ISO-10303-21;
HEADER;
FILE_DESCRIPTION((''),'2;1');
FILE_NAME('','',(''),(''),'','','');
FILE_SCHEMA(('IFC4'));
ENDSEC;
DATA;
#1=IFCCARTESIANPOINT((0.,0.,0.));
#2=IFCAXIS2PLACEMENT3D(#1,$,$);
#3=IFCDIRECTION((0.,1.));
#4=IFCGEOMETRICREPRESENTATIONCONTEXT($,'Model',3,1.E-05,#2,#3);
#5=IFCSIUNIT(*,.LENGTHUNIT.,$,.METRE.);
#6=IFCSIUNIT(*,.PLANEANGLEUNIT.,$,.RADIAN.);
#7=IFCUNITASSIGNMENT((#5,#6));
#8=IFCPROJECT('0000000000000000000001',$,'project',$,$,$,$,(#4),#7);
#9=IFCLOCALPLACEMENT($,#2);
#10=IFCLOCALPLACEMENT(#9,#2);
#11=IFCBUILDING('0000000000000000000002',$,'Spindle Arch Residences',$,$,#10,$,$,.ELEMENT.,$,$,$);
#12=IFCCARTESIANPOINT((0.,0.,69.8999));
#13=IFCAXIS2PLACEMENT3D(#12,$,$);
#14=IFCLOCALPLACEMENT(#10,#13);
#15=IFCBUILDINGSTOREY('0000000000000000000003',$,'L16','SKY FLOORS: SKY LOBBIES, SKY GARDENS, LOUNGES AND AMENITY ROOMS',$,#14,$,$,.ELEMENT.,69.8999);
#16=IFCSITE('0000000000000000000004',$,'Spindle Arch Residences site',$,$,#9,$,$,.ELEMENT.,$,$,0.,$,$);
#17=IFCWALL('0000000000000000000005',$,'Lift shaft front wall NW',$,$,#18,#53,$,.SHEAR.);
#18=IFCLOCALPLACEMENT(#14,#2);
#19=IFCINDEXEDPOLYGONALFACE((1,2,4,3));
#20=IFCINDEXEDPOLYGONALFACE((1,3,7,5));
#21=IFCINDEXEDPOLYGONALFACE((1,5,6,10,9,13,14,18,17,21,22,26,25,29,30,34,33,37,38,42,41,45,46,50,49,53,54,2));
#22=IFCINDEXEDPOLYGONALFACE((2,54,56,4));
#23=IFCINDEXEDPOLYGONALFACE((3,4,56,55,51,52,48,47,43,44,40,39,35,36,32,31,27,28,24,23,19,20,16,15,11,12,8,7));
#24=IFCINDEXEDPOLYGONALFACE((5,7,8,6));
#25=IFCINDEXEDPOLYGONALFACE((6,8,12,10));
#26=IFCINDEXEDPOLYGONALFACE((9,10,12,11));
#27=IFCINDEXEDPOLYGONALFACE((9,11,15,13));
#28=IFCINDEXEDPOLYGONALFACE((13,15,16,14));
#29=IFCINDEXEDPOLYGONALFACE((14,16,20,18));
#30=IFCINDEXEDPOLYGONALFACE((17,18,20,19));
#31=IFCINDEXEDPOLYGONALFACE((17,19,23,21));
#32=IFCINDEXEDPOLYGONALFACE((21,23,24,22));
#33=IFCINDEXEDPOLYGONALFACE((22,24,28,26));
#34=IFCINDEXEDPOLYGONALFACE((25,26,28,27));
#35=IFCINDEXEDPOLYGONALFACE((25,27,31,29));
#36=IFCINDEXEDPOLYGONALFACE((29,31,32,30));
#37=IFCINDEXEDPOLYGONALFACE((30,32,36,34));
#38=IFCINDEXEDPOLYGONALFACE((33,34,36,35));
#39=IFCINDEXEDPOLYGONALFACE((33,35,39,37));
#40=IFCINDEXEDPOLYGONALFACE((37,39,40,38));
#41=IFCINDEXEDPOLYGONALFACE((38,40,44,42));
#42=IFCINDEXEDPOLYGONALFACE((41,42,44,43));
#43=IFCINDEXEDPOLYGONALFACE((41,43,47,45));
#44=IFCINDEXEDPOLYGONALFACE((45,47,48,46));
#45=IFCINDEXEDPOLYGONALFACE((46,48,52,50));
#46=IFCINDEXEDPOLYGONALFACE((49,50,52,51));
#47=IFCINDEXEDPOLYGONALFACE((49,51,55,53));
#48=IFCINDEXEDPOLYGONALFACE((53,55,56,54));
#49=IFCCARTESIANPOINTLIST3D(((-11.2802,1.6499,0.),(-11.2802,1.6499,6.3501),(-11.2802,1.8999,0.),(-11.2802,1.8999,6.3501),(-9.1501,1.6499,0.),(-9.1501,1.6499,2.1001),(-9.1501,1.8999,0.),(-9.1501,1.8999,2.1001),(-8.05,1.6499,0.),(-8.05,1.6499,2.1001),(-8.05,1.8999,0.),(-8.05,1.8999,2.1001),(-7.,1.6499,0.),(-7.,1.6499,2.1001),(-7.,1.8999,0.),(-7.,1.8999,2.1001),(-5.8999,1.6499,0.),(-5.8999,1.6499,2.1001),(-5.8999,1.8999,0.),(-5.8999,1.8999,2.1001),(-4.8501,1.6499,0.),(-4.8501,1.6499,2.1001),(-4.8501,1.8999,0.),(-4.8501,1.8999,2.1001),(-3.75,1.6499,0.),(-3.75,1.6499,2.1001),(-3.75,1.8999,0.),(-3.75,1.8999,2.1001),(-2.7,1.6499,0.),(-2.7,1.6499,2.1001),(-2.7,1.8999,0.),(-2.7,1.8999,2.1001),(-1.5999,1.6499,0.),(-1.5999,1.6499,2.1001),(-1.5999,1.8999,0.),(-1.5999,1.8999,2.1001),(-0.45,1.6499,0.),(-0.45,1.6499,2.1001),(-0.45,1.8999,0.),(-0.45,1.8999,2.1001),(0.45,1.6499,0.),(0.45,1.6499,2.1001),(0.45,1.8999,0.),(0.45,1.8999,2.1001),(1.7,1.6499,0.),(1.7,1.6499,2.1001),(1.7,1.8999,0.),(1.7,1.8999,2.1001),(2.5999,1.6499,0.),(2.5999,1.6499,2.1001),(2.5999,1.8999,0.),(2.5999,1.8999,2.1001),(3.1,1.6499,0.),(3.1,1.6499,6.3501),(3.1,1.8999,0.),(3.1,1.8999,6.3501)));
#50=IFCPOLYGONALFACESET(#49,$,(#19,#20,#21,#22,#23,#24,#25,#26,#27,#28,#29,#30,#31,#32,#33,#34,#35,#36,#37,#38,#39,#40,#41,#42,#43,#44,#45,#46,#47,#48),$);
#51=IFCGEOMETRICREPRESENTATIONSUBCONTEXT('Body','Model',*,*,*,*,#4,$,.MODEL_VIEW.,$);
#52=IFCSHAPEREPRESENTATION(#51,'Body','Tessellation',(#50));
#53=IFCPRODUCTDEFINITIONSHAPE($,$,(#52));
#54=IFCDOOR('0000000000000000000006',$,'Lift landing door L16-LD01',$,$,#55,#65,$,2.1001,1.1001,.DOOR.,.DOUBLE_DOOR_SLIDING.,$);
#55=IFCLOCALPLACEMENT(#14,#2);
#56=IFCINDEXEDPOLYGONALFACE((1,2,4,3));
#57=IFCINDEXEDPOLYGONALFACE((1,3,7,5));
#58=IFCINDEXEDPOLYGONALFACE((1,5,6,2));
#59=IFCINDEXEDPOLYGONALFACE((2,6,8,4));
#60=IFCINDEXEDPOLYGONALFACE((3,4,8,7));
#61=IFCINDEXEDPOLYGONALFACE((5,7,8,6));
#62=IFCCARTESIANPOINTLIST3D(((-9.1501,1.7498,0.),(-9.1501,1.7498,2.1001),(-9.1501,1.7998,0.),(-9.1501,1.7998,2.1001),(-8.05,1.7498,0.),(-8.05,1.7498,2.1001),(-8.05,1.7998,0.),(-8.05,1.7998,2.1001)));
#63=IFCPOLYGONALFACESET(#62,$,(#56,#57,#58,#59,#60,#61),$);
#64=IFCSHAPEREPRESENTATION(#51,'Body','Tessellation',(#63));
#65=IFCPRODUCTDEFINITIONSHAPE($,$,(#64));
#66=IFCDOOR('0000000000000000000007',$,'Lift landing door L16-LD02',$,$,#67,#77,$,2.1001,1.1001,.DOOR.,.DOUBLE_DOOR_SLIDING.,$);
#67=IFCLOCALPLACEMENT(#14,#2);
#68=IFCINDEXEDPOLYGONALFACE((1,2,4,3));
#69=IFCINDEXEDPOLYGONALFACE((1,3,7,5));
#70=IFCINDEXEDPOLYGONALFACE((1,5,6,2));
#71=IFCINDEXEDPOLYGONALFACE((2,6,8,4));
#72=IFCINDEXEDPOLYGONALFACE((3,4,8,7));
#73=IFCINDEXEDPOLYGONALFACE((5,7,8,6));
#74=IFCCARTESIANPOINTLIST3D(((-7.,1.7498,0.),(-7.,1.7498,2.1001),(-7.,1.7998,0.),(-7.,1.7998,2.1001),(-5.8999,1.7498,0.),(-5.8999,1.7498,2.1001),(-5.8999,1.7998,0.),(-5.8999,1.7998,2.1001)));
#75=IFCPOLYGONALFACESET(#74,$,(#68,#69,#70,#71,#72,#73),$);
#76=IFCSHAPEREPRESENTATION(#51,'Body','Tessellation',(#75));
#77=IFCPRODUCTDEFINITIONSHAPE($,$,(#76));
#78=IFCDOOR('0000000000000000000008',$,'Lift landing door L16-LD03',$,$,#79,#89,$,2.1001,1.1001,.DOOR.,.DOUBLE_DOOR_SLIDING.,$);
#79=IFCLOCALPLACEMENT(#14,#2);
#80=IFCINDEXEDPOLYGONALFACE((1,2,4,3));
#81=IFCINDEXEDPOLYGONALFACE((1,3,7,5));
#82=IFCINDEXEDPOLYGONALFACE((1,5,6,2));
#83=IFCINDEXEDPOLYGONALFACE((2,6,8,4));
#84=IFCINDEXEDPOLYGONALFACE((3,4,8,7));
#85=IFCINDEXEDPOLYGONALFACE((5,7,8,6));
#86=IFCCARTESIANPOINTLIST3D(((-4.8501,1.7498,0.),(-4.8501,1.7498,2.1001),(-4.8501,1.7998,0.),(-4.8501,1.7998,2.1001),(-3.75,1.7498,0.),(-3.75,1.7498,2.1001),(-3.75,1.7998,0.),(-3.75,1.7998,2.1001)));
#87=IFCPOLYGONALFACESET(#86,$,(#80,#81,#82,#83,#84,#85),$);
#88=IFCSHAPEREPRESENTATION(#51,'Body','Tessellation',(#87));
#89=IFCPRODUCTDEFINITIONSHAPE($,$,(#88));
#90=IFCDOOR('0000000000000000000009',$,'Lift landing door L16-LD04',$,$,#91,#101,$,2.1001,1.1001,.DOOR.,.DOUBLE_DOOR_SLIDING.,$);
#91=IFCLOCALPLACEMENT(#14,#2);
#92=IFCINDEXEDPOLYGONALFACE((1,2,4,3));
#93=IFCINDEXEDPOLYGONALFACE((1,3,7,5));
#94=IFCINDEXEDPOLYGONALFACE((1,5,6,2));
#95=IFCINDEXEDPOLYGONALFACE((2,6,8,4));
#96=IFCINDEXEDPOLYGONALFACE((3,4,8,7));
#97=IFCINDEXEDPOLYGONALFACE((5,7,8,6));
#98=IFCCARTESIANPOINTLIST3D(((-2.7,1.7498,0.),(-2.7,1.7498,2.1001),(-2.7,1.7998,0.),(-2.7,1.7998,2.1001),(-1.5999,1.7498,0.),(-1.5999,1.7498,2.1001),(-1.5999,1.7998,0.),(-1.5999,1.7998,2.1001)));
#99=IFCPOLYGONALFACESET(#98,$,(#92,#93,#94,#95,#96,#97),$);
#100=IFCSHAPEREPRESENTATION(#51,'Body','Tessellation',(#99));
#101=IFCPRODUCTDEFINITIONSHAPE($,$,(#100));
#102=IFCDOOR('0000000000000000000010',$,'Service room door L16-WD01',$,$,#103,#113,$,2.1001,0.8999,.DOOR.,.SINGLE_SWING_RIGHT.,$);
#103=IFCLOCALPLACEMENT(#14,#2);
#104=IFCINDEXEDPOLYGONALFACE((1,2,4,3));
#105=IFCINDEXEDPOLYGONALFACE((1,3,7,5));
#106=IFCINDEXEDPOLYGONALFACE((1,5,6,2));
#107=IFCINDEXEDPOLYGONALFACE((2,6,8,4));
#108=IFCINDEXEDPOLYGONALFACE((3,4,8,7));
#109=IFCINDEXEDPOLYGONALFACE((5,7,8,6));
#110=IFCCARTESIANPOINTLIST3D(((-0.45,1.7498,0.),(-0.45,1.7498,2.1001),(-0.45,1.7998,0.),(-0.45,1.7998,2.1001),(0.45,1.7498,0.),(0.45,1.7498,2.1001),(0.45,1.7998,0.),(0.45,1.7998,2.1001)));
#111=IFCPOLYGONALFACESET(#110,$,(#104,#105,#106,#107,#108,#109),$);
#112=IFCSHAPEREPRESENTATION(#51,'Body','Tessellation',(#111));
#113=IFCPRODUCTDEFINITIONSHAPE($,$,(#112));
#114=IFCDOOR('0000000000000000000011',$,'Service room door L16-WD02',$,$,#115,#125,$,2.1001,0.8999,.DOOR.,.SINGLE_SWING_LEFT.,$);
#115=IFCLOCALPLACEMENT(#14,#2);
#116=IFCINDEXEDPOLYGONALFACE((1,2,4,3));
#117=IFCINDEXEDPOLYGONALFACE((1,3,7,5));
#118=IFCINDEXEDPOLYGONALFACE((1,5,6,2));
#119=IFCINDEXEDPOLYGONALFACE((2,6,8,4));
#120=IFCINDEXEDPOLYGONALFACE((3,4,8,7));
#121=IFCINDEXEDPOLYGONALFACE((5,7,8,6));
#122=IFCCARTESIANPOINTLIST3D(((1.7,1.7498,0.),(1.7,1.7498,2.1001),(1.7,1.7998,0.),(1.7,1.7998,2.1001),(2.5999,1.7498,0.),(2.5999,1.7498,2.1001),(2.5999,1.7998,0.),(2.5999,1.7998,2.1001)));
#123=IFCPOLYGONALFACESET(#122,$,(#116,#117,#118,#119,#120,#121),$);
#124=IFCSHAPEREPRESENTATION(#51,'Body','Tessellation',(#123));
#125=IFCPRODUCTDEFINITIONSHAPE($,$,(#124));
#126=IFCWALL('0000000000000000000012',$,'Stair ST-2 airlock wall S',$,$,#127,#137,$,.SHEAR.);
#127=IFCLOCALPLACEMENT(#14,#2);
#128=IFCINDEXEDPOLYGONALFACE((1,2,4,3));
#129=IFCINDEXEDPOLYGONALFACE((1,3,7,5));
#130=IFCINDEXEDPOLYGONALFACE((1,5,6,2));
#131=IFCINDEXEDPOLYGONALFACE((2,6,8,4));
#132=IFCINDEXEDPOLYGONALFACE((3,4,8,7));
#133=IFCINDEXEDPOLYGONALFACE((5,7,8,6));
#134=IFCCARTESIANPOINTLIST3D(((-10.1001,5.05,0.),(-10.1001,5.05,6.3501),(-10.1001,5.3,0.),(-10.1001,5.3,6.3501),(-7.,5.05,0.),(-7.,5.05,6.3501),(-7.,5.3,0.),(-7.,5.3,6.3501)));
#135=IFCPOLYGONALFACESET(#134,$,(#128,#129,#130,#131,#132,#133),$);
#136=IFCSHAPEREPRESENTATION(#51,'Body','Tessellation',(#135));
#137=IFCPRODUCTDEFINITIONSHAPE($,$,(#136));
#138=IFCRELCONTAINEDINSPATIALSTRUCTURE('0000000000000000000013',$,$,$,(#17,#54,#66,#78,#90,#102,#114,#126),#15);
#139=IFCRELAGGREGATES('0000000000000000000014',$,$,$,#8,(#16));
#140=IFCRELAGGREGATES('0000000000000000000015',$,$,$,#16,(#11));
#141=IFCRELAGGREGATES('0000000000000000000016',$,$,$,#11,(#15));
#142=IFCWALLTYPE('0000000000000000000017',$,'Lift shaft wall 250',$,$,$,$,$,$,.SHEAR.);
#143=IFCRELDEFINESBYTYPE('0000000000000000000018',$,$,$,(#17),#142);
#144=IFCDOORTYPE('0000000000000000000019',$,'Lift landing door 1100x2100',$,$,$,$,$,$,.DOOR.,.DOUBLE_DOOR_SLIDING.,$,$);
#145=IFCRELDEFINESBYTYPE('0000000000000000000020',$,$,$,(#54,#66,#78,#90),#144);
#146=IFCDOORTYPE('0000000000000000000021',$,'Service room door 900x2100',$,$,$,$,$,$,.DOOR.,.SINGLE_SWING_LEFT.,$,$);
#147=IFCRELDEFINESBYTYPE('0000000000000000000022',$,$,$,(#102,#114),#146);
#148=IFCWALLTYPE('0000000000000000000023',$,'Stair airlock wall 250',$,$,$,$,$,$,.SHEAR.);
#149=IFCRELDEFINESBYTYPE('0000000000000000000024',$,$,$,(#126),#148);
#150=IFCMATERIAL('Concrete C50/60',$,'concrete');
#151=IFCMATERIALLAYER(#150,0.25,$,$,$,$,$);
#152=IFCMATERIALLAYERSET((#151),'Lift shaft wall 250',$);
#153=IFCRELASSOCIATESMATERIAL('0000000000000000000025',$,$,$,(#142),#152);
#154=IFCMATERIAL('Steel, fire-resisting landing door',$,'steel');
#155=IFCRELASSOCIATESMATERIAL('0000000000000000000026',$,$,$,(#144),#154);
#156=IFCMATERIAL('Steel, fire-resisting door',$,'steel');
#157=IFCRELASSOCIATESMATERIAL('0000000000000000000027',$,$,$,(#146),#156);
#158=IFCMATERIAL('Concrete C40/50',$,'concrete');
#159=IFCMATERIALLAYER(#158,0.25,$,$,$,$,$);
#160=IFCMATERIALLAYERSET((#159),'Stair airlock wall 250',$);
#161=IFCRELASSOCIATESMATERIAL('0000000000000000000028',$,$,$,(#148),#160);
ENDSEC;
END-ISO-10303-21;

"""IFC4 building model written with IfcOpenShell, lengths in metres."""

from ifc_helpers import new_model, si_unit, direction, frame, frame_2d, origin, place, context, subcontext, project, spatial, rectangle, extrude, material, layer, layer_set, type_object, element, fill, save


model = new_model("IFC4")

# Units and contexts
model_context = context("Model", 3, precision=1e-05, world=origin(), true_north=direction((0.0, 1.0)))
body_context = subcontext(model_context, "Body", "Model", "MODEL_VIEW")
ifc_project = project(units=[si_unit("LENGTHUNIT", "METRE"), si_unit("PLANEANGLEUNIT", "RADIAN")], contexts=[model_context])

# Site, building, storey
site_placement = place(None, origin())
site = spatial("IfcSite", under=ifc_project, at=site_placement, Name="Spindle Arch Residences site", CompositionType="ELEMENT", RefElevation=0.0)
building_placement = place(site_placement, origin())
building = spatial("IfcBuilding", under=site, at=building_placement, Name="Spindle Arch Residences", CompositionType="ELEMENT")
storey_placement = place(building_placement, frame((0.0, 0.0, 69.8999)))
storey = spatial("IfcBuildingStorey", under=building, at=storey_placement, Name="L16", Description="SKY FLOORS: SKY LOBBIES, SKY GARDENS, LOUNGES AND AMENITY ROOMS", CompositionType="ELEMENT", Elevation=69.8999)

# Wall, openings, doors
ifc_material_1 = material(Name="Concrete C50/60", Category="concrete")
ifc_layer_1 = layer(ifc_material_1, 0.25)
ifc_layer_set_1 = layer_set([ifc_layer_1], Name="Lift shaft wall 250")
wall_type_1 = type_object("IfcWallType", Name="Lift shaft wall 250", PredefinedType="SHEAR", material=ifc_layer_set_1)
wall_1_placement = place(storey_placement, frame((-11.28, 1.7749, 0.0), z_axis=(0.0, 0.0, 1.0), x_axis=(1.0, 0.0, 0.0)))
wall_1 = element("IfcWall", 1, at=wall_1_placement, inside=storey, type_object=wall_type_1, Name="Lift shaft front wall NW", PredefinedType="SHEAR", context=body_context, shape_type="SweptSolid", body=[
    extrude(rectangle(XDim=14.3801, YDim=0.25, at=frame_2d((7.1899, 0.0))), origin(), (0.0, 0.0, 1.0), 6.3501),
])
opening_1_placement = place(wall_1_placement, frame((2.1299, 0.0, 0.0)))
opening_1 = element("IfcOpeningElement", 2, at=opening_1_placement, cuts=wall_1, PredefinedType="OPENING", context=body_context, shape_type="SweptSolid", body=[
    extrude(rectangle(XDim=1.1001, YDim=2.1001, at=frame_2d((0.55, 1.05))), frame((0.0, 0.135, 0.0), z_axis=(0.0, -1.0, 0.0), x_axis=(1.0, 0.0, 0.0)), (0.0, 0.0, 1.0), 0.27),
])
opening_2_placement = place(wall_1_placement, frame((4.28, 0.0, 0.0)))
opening_2 = element("IfcOpeningElement", 3, at=opening_2_placement, cuts=wall_1, PredefinedType="OPENING", context=body_context, shape_type="SweptSolid", body=[
    extrude(rectangle(XDim=1.1001, YDim=2.1001, at=frame_2d((0.55, 1.05))), frame((0.0, 0.135, 0.0), z_axis=(0.0, -1.0, 0.0), x_axis=(1.0, 0.0, 0.0)), (0.0, 0.0, 1.0), 0.27),
])
opening_3_placement = place(wall_1_placement, frame((6.4299, 0.0, 0.0)))
opening_3 = element("IfcOpeningElement", 4, at=opening_3_placement, cuts=wall_1, PredefinedType="OPENING", context=body_context, shape_type="SweptSolid", body=[
    extrude(rectangle(XDim=1.1001, YDim=2.1001, at=frame_2d((0.55, 1.05))), frame((0.0, 0.135, 0.0), z_axis=(0.0, -1.0, 0.0), x_axis=(1.0, 0.0, 0.0)), (0.0, 0.0, 1.0), 0.27),
])
opening_4_placement = place(wall_1_placement, frame((8.5801, 0.0, 0.0)))
opening_4 = element("IfcOpeningElement", 5, at=opening_4_placement, cuts=wall_1, PredefinedType="OPENING", context=body_context, shape_type="SweptSolid", body=[
    extrude(rectangle(XDim=1.1001, YDim=2.1001, at=frame_2d((0.55, 1.05))), frame((0.0, 0.135, 0.0), z_axis=(0.0, -1.0, 0.0), x_axis=(1.0, 0.0, 0.0)), (0.0, 0.0, 1.0), 0.27),
])
opening_5_placement = place(wall_1_placement, frame((10.8301, 0.0, 0.0)))
opening_5 = element("IfcOpeningElement", 6, at=opening_5_placement, cuts=wall_1, PredefinedType="OPENING", context=body_context, shape_type="SweptSolid", body=[
    extrude(rectangle(XDim=0.8999, YDim=2.1001, at=frame_2d((0.45, 1.05))), frame((0.0, 0.135, 0.0), z_axis=(0.0, -1.0, 0.0), x_axis=(1.0, 0.0, 0.0)), (0.0, 0.0, 1.0), 0.27),
])
opening_6_placement = place(wall_1_placement, frame((12.98, 0.0, 0.0)))
opening_6 = element("IfcOpeningElement", 7, at=opening_6_placement, cuts=wall_1, PredefinedType="OPENING", context=body_context, shape_type="SweptSolid", body=[
    extrude(rectangle(XDim=0.8999, YDim=2.1001, at=frame_2d((0.45, 1.05))), frame((0.0, 0.135, 0.0), z_axis=(0.0, -1.0, 0.0), x_axis=(1.0, 0.0, 0.0)), (0.0, 0.0, 1.0), 0.27),
])
ifc_material_2 = material(Name="Steel, fire-resisting landing door", Category="steel")
door_type_1 = type_object("IfcDoorType", Name="Lift landing door 1100x2100", OperationType="DOUBLE_DOOR_SLIDING", PredefinedType="DOOR", material=ifc_material_2)
door_1_placement = place(opening_1_placement, origin())
door_1 = element("IfcDoor", 8, at=door_1_placement, inside=storey, type_object=door_type_1, Name="Lift landing door L16-LD01", OperationType="DOUBLE_DOOR_SLIDING", OverallHeight=2.1001, OverallWidth=1.1001, PredefinedType="DOOR", context=body_context, shape_type="SweptSolid", body=[
    extrude(rectangle(XDim=1.1001, YDim=2.1001, at=frame_2d((0.55, 1.05))), frame((0.0, 0.0249, 0.0), z_axis=(0.0, -1.0, 0.0), x_axis=(1.0, 0.0, 0.0)), (0.0, 0.0, 1.0), 0.05),
])
fill(opening_1, door_1)
door_2_placement = place(opening_2_placement, origin())
door_2 = element("IfcDoor", 9, at=door_2_placement, inside=storey, type_object=door_type_1, Name="Lift landing door L16-LD02", OperationType="DOUBLE_DOOR_SLIDING", OverallHeight=2.1001, OverallWidth=1.1001, PredefinedType="DOOR", context=body_context, shape_type="SweptSolid", body=[
    extrude(rectangle(XDim=1.1001, YDim=2.1001, at=frame_2d((0.55, 1.05))), frame((0.0, 0.0249, 0.0), z_axis=(0.0, -1.0, 0.0), x_axis=(1.0, 0.0, 0.0)), (0.0, 0.0, 1.0), 0.05),
])
fill(opening_2, door_2)
door_3_placement = place(opening_3_placement, origin())
door_3 = element("IfcDoor", 10, at=door_3_placement, inside=storey, type_object=door_type_1, Name="Lift landing door L16-LD03", OperationType="DOUBLE_DOOR_SLIDING", OverallHeight=2.1001, OverallWidth=1.1001, PredefinedType="DOOR", context=body_context, shape_type="SweptSolid", body=[
    extrude(rectangle(XDim=1.1001, YDim=2.1001, at=frame_2d((0.55, 1.05))), frame((0.0, 0.0249, 0.0), z_axis=(0.0, -1.0, 0.0), x_axis=(1.0, 0.0, 0.0)), (0.0, 0.0, 1.0), 0.05),
])
fill(opening_3, door_3)
door_4_placement = place(opening_4_placement, origin())
door_4 = element("IfcDoor", 11, at=door_4_placement, inside=storey, type_object=door_type_1, Name="Lift landing door L16-LD04", OperationType="DOUBLE_DOOR_SLIDING", OverallHeight=2.1001, OverallWidth=1.1001, PredefinedType="DOOR", context=body_context, shape_type="SweptSolid", body=[
    extrude(rectangle(XDim=1.1001, YDim=2.1001, at=frame_2d((0.55, 1.05))), frame((0.0, 0.0249, 0.0), z_axis=(0.0, -1.0, 0.0), x_axis=(1.0, 0.0, 0.0)), (0.0, 0.0, 1.0), 0.05),
])
fill(opening_4, door_4)
ifc_material_3 = material(Name="Steel, fire-resisting door", Category="steel")
door_type_2 = type_object("IfcDoorType", Name="Service room door 900x2100", OperationType="SINGLE_SWING_LEFT", PredefinedType="DOOR", material=ifc_material_3)
door_5_placement = place(opening_5_placement, origin())
door_5 = element("IfcDoor", 12, at=door_5_placement, inside=storey, type_object=door_type_2, Name="Service room door L16-WD01", OperationType="SINGLE_SWING_RIGHT", OverallHeight=2.1001, OverallWidth=0.8999, PredefinedType="DOOR", context=body_context, shape_type="SweptSolid", body=[
    extrude(rectangle(XDim=0.8999, YDim=2.1001, at=frame_2d((0.45, 1.05))), frame((0.0, 0.0249, 0.0), z_axis=(0.0, -1.0, 0.0), x_axis=(1.0, 0.0, 0.0)), (0.0, 0.0, 1.0), 0.05),
])
fill(opening_5, door_5)
door_6_placement = place(opening_6_placement, origin())
door_6 = element("IfcDoor", 13, at=door_6_placement, inside=storey, type_object=door_type_2, Name="Service room door L16-WD02", OperationType="SINGLE_SWING_LEFT", OverallHeight=2.1001, OverallWidth=0.8999, PredefinedType="DOOR", context=body_context, shape_type="SweptSolid", body=[
    extrude(rectangle(XDim=0.8999, YDim=2.1001, at=frame_2d((0.45, 1.05))), frame((0.0, 0.0249, 0.0), z_axis=(0.0, -1.0, 0.0), x_axis=(1.0, 0.0, 0.0)), (0.0, 0.0, 1.0), 0.05),
])
fill(opening_6, door_6)

# Wall
ifc_material_4 = material(Name="Concrete C40/50", Category="concrete")
ifc_layer_2 = layer(ifc_material_4, 0.25)
ifc_layer_set_2 = layer_set([ifc_layer_2], Name="Stair airlock wall 250")
wall_type_2 = type_object("IfcWallType", Name="Stair airlock wall 250", PredefinedType="SHEAR", material=ifc_layer_set_2)
wall_2_placement = place(storey_placement, frame((-7.0, 5.175, 0.0), z_axis=(0.0, 0.0, 1.0), x_axis=(-1.0, 0.0, 0.0)))
element("IfcWall", 14, at=wall_2_placement, inside=storey, type_object=wall_type_2, Name="Stair ST-2 airlock wall S", PredefinedType="SHEAR", context=body_context, shape_type="SweptSolid", body=[
    extrude(rectangle(XDim=3.1001, YDim=0.25, at=frame_2d((1.55, 0.0))), origin(), (0.0, 0.0, 1.0), 6.3501),
])

save(model, "model.ifc")
